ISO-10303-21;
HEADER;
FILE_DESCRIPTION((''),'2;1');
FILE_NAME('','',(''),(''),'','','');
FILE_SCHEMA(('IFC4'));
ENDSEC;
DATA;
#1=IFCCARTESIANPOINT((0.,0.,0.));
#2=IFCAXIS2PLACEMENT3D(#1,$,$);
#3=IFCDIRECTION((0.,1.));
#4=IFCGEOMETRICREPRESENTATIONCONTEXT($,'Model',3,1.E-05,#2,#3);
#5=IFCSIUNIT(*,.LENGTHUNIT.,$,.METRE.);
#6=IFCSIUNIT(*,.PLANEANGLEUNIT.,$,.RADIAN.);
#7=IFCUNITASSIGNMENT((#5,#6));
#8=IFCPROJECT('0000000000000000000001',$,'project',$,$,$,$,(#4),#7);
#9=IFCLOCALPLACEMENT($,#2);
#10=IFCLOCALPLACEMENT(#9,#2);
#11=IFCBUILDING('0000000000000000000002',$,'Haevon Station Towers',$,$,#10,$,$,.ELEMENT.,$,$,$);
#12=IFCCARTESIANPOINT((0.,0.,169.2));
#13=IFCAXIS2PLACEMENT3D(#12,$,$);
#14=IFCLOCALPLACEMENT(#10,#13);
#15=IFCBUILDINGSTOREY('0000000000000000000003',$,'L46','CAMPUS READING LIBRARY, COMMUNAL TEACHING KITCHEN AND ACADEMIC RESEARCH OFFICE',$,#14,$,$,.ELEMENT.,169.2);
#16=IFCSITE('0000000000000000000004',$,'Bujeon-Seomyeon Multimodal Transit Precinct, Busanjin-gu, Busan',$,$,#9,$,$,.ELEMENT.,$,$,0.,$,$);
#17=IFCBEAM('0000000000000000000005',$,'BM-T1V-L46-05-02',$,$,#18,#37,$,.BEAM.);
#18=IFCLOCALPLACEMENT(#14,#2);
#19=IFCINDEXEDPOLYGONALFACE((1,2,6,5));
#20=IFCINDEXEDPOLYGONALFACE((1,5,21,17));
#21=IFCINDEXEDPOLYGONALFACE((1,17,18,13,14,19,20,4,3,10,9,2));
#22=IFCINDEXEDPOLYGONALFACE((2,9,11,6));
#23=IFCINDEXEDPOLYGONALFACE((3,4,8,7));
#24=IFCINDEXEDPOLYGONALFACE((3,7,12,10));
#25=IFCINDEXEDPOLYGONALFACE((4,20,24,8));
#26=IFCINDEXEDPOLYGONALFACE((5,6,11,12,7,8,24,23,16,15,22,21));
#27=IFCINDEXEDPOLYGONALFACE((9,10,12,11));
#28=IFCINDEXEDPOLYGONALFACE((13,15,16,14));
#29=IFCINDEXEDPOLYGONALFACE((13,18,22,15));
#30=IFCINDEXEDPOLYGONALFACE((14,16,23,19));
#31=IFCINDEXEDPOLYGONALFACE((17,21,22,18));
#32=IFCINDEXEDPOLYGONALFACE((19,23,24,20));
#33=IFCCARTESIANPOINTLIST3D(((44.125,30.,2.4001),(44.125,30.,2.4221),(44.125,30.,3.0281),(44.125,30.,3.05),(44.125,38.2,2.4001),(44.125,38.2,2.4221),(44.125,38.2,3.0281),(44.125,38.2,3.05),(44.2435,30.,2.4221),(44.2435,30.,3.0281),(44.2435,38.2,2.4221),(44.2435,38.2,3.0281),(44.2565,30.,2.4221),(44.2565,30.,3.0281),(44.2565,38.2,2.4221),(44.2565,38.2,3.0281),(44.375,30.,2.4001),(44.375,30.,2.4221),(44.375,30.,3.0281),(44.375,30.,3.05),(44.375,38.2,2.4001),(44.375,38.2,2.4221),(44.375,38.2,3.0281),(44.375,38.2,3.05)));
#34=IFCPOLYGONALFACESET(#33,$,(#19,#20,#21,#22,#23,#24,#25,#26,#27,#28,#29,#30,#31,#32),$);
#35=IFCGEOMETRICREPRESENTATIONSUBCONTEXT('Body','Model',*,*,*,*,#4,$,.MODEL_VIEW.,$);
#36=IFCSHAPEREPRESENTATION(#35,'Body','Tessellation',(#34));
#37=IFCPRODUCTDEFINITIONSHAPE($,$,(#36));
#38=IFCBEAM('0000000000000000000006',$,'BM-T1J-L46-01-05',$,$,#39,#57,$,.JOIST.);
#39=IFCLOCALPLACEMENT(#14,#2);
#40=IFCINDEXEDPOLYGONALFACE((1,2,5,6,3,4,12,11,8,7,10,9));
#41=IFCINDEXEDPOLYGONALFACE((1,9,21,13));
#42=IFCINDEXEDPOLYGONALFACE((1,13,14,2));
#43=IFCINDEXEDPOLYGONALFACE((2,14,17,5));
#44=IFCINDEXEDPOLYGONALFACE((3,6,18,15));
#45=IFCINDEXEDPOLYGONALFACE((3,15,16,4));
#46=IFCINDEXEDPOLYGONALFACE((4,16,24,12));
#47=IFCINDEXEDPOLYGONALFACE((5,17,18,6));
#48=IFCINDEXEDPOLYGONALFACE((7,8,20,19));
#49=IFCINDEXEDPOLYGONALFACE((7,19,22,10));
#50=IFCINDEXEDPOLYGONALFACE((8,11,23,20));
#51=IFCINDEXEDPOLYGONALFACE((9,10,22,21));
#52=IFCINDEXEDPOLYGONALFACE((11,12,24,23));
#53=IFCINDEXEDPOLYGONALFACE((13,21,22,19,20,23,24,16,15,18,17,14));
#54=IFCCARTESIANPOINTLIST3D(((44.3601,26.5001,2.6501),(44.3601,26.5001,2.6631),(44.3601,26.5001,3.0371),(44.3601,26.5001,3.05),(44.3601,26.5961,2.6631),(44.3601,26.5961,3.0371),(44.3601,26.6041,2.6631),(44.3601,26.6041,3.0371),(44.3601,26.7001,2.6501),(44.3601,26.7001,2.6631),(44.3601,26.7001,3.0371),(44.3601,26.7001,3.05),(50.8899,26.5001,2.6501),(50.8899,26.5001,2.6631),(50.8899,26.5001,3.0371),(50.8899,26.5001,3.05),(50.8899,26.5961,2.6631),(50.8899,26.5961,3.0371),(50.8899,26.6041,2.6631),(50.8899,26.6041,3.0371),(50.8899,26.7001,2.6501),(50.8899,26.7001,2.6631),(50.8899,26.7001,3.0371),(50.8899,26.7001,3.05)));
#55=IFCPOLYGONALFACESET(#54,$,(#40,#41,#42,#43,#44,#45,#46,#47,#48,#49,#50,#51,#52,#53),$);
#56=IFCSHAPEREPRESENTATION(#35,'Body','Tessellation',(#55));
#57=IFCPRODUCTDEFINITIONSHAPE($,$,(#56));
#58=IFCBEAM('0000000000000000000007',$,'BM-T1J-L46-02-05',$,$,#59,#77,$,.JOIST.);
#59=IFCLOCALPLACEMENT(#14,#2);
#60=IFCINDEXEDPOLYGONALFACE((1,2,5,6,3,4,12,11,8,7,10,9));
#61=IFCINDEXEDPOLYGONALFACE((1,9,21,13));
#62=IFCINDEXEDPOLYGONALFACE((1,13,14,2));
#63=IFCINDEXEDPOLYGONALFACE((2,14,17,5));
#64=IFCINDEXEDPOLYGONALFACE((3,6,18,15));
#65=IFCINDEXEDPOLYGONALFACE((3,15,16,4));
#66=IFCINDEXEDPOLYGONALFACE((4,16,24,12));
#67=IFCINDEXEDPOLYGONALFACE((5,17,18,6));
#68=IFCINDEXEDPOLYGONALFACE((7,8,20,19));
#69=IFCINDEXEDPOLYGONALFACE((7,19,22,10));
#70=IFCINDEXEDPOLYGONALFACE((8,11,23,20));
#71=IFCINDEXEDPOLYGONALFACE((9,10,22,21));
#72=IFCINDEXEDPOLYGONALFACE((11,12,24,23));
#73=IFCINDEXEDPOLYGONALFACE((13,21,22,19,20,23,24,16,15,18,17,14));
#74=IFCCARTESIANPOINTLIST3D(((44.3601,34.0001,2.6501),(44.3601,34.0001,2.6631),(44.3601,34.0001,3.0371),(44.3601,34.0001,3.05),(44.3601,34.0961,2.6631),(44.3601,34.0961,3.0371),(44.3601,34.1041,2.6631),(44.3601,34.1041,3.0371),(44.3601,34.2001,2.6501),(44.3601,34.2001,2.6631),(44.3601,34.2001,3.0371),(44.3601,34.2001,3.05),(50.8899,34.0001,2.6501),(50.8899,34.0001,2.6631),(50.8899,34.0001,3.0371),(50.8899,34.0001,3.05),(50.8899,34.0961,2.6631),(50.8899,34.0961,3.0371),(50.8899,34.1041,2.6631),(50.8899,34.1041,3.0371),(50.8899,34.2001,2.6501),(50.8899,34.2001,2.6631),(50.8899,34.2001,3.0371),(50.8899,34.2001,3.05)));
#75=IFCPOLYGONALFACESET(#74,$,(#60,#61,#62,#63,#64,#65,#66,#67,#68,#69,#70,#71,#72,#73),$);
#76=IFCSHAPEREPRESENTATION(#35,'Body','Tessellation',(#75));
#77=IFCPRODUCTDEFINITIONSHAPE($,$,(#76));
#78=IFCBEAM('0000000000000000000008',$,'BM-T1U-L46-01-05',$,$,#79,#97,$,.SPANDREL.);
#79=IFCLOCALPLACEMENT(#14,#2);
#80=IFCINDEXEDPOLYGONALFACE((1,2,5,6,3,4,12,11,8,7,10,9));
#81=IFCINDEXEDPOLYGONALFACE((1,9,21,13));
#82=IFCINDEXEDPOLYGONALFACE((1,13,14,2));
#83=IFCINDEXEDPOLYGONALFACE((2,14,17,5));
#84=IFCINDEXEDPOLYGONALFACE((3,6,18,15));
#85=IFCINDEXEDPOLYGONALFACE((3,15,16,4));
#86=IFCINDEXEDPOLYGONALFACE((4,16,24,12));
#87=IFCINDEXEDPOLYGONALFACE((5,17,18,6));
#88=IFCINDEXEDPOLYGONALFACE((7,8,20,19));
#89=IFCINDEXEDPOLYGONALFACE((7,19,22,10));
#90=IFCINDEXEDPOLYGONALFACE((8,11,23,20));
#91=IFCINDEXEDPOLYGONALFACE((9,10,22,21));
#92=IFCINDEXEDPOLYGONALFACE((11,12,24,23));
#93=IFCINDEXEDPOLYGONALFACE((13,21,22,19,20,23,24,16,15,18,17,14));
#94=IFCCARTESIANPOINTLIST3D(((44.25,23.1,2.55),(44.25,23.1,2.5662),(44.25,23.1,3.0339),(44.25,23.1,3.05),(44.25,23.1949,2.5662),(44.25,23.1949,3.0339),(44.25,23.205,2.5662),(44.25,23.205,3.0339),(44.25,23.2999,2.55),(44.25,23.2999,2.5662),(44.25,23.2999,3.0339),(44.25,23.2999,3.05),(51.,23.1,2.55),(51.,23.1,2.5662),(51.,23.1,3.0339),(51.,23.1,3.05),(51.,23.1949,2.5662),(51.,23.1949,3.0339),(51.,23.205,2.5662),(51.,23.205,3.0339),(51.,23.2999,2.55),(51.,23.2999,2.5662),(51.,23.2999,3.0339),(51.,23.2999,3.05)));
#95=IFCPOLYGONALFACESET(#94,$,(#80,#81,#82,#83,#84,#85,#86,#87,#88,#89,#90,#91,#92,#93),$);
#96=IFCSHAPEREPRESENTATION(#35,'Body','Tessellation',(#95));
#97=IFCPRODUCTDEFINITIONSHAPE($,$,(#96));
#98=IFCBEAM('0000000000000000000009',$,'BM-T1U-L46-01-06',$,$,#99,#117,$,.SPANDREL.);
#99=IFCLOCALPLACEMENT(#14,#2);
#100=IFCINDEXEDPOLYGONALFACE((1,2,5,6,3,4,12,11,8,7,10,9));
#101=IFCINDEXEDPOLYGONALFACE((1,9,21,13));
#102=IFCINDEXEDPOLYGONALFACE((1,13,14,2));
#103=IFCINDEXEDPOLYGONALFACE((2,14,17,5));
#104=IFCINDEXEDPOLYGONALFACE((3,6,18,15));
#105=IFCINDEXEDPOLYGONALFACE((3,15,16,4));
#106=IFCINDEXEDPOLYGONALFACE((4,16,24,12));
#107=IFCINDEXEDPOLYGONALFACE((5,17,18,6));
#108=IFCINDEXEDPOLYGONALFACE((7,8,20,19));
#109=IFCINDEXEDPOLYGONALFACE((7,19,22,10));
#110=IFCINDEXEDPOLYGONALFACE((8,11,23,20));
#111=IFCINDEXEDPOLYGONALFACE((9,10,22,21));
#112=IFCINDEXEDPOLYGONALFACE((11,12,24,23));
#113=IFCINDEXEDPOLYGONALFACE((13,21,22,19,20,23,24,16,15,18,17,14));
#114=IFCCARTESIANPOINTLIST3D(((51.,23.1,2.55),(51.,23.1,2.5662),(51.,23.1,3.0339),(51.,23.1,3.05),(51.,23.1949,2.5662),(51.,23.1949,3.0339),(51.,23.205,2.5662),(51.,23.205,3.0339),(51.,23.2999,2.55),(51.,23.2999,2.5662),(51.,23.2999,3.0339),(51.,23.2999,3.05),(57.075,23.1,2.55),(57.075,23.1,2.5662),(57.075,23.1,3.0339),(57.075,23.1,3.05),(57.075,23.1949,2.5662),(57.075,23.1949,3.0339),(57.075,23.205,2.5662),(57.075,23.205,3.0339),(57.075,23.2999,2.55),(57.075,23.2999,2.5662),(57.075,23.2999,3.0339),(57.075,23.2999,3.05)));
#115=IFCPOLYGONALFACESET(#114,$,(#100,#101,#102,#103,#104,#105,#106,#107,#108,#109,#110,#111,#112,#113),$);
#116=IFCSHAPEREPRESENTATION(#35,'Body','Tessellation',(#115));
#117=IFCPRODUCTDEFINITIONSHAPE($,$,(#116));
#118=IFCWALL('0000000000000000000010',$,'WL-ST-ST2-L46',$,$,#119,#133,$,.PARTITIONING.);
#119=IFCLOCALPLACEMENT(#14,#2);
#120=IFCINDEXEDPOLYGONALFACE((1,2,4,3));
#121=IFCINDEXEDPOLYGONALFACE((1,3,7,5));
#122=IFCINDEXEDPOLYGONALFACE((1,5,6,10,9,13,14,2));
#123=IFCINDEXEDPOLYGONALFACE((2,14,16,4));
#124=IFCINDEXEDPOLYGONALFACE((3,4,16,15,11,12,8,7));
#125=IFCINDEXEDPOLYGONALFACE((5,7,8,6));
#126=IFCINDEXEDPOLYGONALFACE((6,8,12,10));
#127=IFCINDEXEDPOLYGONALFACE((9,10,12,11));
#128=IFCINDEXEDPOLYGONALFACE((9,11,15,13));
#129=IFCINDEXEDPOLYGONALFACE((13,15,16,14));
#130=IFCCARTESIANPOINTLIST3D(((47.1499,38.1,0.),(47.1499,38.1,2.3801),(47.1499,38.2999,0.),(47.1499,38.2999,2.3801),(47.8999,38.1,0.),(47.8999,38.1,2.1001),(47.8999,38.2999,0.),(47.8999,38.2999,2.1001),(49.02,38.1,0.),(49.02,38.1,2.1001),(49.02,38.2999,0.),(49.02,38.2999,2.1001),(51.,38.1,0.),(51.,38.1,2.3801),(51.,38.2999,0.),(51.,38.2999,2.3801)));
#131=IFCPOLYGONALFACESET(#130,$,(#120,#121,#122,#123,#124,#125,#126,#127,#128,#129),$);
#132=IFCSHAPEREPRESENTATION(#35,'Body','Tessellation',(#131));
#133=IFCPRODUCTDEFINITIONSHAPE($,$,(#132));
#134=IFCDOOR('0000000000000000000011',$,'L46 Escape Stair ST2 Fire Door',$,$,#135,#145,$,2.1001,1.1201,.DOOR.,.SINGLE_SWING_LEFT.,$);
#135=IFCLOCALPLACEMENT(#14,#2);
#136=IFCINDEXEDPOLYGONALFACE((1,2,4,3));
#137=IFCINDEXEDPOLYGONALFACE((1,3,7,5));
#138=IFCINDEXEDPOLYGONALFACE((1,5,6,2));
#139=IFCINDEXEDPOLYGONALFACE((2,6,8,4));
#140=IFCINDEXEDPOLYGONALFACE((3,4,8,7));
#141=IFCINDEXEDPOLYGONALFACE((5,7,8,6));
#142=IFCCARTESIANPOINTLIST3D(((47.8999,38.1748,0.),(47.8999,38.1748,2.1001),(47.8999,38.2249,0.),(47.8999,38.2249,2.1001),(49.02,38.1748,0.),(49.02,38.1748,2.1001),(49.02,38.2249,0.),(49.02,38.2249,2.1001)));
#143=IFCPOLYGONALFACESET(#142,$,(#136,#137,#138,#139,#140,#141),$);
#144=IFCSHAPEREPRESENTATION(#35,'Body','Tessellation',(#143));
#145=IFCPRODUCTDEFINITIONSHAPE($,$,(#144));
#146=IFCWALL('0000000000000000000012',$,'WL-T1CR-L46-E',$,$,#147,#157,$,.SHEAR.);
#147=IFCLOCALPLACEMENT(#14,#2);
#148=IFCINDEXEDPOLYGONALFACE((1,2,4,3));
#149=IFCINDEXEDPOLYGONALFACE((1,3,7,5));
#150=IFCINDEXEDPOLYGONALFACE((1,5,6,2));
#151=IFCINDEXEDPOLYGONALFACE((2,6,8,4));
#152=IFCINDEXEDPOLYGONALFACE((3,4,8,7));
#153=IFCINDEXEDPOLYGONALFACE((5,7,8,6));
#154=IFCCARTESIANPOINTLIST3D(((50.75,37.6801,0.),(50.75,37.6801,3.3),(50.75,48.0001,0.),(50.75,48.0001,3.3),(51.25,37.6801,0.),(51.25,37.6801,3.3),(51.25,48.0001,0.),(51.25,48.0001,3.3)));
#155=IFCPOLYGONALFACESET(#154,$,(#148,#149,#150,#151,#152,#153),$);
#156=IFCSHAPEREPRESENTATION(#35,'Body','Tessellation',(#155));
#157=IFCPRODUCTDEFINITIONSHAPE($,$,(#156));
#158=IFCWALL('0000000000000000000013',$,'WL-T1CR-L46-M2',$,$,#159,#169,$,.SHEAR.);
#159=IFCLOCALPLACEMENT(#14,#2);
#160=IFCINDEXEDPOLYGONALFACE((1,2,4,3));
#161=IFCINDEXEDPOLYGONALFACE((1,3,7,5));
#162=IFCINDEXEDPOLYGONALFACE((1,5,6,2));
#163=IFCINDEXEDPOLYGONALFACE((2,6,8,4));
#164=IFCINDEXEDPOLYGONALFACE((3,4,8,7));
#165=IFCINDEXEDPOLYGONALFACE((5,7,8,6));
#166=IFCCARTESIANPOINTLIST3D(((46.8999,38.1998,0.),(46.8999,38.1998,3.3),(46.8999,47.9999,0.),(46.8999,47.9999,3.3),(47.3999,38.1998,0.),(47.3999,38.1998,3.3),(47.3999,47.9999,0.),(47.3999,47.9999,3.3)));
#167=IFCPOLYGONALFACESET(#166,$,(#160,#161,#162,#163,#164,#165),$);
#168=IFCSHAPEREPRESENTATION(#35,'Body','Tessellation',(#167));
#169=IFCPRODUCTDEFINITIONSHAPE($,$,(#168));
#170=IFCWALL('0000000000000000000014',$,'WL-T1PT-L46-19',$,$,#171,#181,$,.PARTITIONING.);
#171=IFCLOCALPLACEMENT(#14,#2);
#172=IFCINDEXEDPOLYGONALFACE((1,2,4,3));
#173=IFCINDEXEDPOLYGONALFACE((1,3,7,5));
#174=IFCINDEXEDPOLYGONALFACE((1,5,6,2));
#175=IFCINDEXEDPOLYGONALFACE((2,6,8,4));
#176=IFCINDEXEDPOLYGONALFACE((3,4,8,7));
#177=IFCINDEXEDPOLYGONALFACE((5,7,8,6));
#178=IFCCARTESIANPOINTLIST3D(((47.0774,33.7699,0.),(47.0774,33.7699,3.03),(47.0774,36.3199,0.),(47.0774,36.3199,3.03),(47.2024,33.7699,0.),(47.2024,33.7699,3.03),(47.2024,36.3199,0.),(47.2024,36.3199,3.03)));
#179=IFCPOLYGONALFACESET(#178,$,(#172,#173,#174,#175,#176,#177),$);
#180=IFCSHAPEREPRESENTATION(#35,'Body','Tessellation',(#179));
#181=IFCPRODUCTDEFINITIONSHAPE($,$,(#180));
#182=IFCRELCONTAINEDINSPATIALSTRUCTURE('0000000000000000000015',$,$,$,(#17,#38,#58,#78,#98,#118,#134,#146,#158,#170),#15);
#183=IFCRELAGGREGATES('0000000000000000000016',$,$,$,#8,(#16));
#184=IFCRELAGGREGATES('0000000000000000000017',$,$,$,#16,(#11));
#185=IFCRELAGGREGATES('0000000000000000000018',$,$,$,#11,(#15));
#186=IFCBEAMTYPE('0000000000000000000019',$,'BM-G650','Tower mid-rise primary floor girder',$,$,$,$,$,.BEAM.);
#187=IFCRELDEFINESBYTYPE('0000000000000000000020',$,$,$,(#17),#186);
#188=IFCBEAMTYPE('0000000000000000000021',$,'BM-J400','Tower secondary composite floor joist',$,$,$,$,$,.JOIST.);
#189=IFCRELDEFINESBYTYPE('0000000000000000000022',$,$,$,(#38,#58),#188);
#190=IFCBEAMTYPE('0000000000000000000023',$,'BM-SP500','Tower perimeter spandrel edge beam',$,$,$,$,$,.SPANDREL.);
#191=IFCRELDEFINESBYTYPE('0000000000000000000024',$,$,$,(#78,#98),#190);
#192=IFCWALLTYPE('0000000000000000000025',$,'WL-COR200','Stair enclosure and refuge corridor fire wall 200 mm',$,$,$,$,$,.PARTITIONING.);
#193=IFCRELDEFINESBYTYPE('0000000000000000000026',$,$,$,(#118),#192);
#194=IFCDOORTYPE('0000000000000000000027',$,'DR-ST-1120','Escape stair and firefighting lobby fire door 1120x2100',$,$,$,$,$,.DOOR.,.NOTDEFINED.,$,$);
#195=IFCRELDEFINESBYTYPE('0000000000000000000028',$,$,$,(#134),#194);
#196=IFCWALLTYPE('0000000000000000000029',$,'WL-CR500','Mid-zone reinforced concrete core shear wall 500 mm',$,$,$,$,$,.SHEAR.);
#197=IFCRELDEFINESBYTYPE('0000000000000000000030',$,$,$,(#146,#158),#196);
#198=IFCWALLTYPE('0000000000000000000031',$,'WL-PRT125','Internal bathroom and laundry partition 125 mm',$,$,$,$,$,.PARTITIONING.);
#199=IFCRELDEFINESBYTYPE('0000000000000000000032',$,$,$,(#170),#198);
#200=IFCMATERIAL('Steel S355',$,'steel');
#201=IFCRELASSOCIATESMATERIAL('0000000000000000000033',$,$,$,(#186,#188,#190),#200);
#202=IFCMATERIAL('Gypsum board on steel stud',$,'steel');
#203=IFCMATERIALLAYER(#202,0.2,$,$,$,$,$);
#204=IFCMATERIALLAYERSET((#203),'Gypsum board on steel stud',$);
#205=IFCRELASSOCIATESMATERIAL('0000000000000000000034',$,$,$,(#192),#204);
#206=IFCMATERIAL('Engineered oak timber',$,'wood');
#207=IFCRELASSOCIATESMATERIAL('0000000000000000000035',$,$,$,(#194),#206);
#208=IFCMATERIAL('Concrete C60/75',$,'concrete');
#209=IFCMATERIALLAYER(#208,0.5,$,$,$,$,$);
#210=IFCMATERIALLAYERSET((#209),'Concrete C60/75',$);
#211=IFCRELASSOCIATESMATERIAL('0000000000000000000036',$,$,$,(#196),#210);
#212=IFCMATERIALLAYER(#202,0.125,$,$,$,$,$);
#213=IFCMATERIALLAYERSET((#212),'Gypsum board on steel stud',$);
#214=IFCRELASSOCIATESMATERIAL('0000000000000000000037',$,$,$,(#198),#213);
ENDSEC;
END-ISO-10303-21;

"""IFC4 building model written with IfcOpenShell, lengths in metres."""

from ifc_helpers import new_model, si_unit, direction, frame, frame_2d, origin, origin_2d, place, context, subcontext, project, spatial, rectangle, i_section, extrude, material, layer, layer_set, material_profile, profile_set, type_object, element, fill, save


model = new_model("IFC4")

# Units and contexts
model_context = context("Model", 3, precision=1e-05, world=origin(), true_north=direction((0.0, 1.0)))
body_context = subcontext(model_context, "Body", "Model", "MODEL_VIEW")
ifc_project = project(units=[si_unit("LENGTHUNIT", "METRE"), si_unit("PLANEANGLEUNIT", "RADIAN")], contexts=[model_context])

# Site, building, storey
site_placement = place(None, origin())
site = spatial("IfcSite", under=ifc_project, at=site_placement, Name="Bujeon-Seomyeon Multimodal Transit Precinct, Busanjin-gu, Busan", CompositionType="ELEMENT", RefElevation=0.0)
building_placement = place(site_placement, origin())
building = spatial("IfcBuilding", under=site, at=building_placement, Name="Haevon Station Towers", CompositionType="ELEMENT")
storey_placement = place(building_placement, frame((0.0, 0.0, 169.2)))
storey = spatial("IfcBuildingStorey", under=building, at=storey_placement, Name="L46", Description="CAMPUS READING LIBRARY, COMMUNAL TEACHING KITCHEN AND ACADEMIC RESEARCH OFFICE", CompositionType="ELEMENT", Elevation=169.2)

# Shared definitions
ifc_material_1 = material(Name="Steel S355", Category="steel")

# Beams
ifc_material_profile_1 = material_profile(ifc_material_1, i_section(OverallWidth=0.25, OverallDepth=0.6499, WebThickness=0.0129, FlangeThickness=0.022, at=origin_2d()), Name="H-650x250x13x22")
ifc_profile_set_1 = profile_set([ifc_material_profile_1], Name="Steel S355")
beam_type_1 = type_object("IfcBeamType", Name="BM-G650", Description="Tower mid-rise primary floor girder", PredefinedType="BEAM", material=ifc_profile_set_1)
beam_1_placement = place(storey_placement, frame((44.25, 30.0, 2.7251), z_axis=(0.0, 1.0, 0.0), x_axis=(-1.0, 0.0, 0.0)))
element("IfcBeam", 1, at=beam_1_placement, inside=storey, type_object=beam_type_1, Name="BM-T1V-L46-05-02", PredefinedType="BEAM", context=body_context, shape_type="SweptSolid", body=[
    extrude(i_section(OverallWidth=0.25, OverallDepth=0.6499, WebThickness=0.0129, FlangeThickness=0.022, at=origin_2d()), origin(), (0.0, 0.0, 1.0), 8.2),
])
ifc_material_profile_2 = material_profile(ifc_material_1, i_section(OverallWidth=0.2, OverallDepth=0.3999, WebThickness=0.0081, FlangeThickness=0.0129, at=origin_2d()), Name="H-400x200x8x13")
ifc_profile_set_2 = profile_set([ifc_material_profile_2], Name="Steel S355")
beam_type_2 = type_object("IfcBeamType", Name="BM-J400", Description="Tower secondary composite floor joist", PredefinedType="JOIST", material=ifc_profile_set_2)
for number, where, z_axis, x_axis, name in (
    (2, (44.3601, 26.6001, 2.8501), (1.0, 0.0, 0.0), (0.0, 1.0, 0.0), "BM-T1J-L46-01-05"),
    (3, (44.3601, 34.1001, 2.8501), (1.0, 0.0, 0.0), (0.0, 1.0, 0.0), "BM-T1J-L46-02-05"),
):
    element("IfcBeam", number, at=place(storey_placement, frame(where, z_axis=z_axis, x_axis=x_axis)), inside=storey, type_object=beam_type_2, Name=name, PredefinedType="JOIST", context=body_context, shape_type="SweptSolid", body=[
        extrude(i_section(OverallWidth=0.2, OverallDepth=0.3999, WebThickness=0.0081, FlangeThickness=0.0129, at=origin_2d()), origin(), (0.0, 0.0, 1.0), 6.5298),
    ])
ifc_material_profile_3 = material_profile(ifc_material_1, i_section(OverallWidth=0.2, OverallDepth=0.5, WebThickness=0.01, FlangeThickness=0.0161, at=origin_2d()), Name="H-500x200x10x16")
ifc_profile_set_3 = profile_set([ifc_material_profile_3], Name="Steel S355")
beam_type_3 = type_object("IfcBeamType", Name="BM-SP500", Description="Tower perimeter spandrel edge beam", PredefinedType="SPANDREL", material=ifc_profile_set_3)
beam_2_placement = place(storey_placement, frame((44.25, 23.2, 2.8), z_axis=(1.0, 0.0, 0.0), x_axis=(0.0, 1.0, 0.0)))
element("IfcBeam", 4, at=beam_2_placement, inside=storey, type_object=beam_type_3, Name="BM-T1U-L46-01-05", PredefinedType="SPANDREL", context=body_context, shape_type="SweptSolid", body=[
    extrude(i_section(OverallWidth=0.2, OverallDepth=0.5, WebThickness=0.01, FlangeThickness=0.0161, at=origin_2d()), origin(), (0.0, 0.0, 1.0), 6.75),
])
beam_3_placement = place(storey_placement, frame((51.0, 23.2, 2.8), z_axis=(1.0, 0.0, 0.0), x_axis=(0.0, 1.0, 0.0)))
element("IfcBeam", 5, at=beam_3_placement, inside=storey, type_object=beam_type_3, Name="BM-T1U-L46-01-06", PredefinedType="SPANDREL", context=body_context, shape_type="SweptSolid", body=[
    extrude(i_section(OverallWidth=0.2, OverallDepth=0.5, WebThickness=0.01, FlangeThickness=0.0161, at=origin_2d()), origin(), (0.0, 0.0, 1.0), 6.075),
])

# Wall, opening, door
ifc_material_2 = material(Name="Gypsum board on steel stud", Category="steel")
ifc_layer_1 = layer(ifc_material_2, 0.2)
ifc_layer_set_1 = layer_set([ifc_layer_1], Name="Gypsum board on steel stud")
wall_type_1 = type_object("IfcWallType", Name="WL-COR200", Description="Stair enclosure and refuge corridor fire wall 200 mm", PredefinedType="PARTITIONING", material=ifc_layer_set_1)
wall_1_placement = place(storey_placement, frame((47.1499, 38.2, 0.0), z_axis=(0.0, 0.0, 1.0), x_axis=(1.0, 0.0, 0.0)))
wall_1 = element("IfcWall", 6, at=wall_1_placement, inside=storey, type_object=wall_type_1, Name="WL-ST-ST2-L46", PredefinedType="PARTITIONING", context=body_context, shape_type="SweptSolid", body=[
    extrude(rectangle(XDim=3.8501, YDim=0.2, at=frame_2d((1.925, 0.0))), origin(), (0.0, 0.0, 1.0), 2.3801),
])
opening_placement = place(wall_1_placement, frame((0.75, 0.0, 0.0)))
opening = element("IfcOpeningElement", 7, at=opening_placement, cuts=wall_1, PredefinedType="OPENING", context=body_context, shape_type="SweptSolid", body=[
    extrude(rectangle(XDim=1.1201, YDim=2.1001, at=frame_2d((0.5601, 1.05))), frame((0.0, 0.1099, 0.0), z_axis=(0.0, -1.0, 0.0), x_axis=(1.0, 0.0, 0.0)), (0.0, 0.0, 1.0), 0.22),
])
ifc_material_3 = material(Name="Engineered oak timber", Category="wood")
door_type = type_object("IfcDoorType", Name="DR-ST-1120", Description="Escape stair and firefighting lobby fire door 1120x2100", OperationType="NOTDEFINED", PredefinedType="DOOR", material=ifc_material_3)
door_placement = place(opening_placement, origin())
door = element("IfcDoor", 8, at=door_placement, inside=storey, type_object=door_type, Name="L46 Escape Stair ST2 Fire Door", OperationType="SINGLE_SWING_LEFT", OverallHeight=2.1001, OverallWidth=1.1201, PredefinedType="DOOR", context=body_context, shape_type="SweptSolid", body=[
    extrude(rectangle(XDim=1.1201, YDim=2.1001, at=frame_2d((0.5601, 1.05))), frame((0.0, 0.0249, 0.0), z_axis=(0.0, -1.0, 0.0), x_axis=(1.0, 0.0, 0.0)), (0.0, 0.0, 1.0), 0.05),
])
fill(opening, door)

# Walls
ifc_material_4 = material(Name="Concrete C60/75", Category="concrete")
ifc_layer_2 = layer(ifc_material_4, 0.5)
ifc_layer_set_2 = layer_set([ifc_layer_2], Name="Concrete C60/75")
wall_type_2 = type_object("IfcWallType", Name="WL-CR500", Description="Mid-zone reinforced concrete core shear wall 500 mm", PredefinedType="SHEAR", material=ifc_layer_set_2)
wall_2_placement = place(storey_placement, frame((51.0, 37.6799, 0.0), z_axis=(0.0, 0.0, 1.0), x_axis=(0.0, 1.0, 0.0)))
element("IfcWall", 9, at=wall_2_placement, inside=storey, type_object=wall_type_2, Name="WL-T1CR-L46-E", PredefinedType="SHEAR", context=body_context, shape_type="SweptSolid", body=[
    extrude(rectangle(XDim=10.3201, YDim=0.5, at=frame_2d((5.1602, 0.0))), origin(), (0.0, 0.0, 1.0), 3.3),
])
wall_3_placement = place(storey_placement, frame((47.1499, 38.2, 0.0), z_axis=(0.0, 0.0, 1.0), x_axis=(0.0, 1.0, 0.0)))
element("IfcWall", 10, at=wall_3_placement, inside=storey, type_object=wall_type_2, Name="WL-T1CR-L46-M2", PredefinedType="SHEAR", context=body_context, shape_type="SweptSolid", body=[
    extrude(rectangle(XDim=9.8, YDim=0.5, at=frame_2d((4.8999, 0.0))), origin(), (0.0, 0.0, 1.0), 3.3),
])
ifc_layer_3 = layer(ifc_material_2, 0.125)
ifc_layer_set_3 = layer_set([ifc_layer_3], Name="Gypsum board on steel stud")
wall_type_3 = type_object("IfcWallType", Name="WL-PRT125", Description="Internal bathroom and laundry partition 125 mm", PredefinedType="PARTITIONING", material=ifc_layer_set_3)
wall_4_placement = place(storey_placement, frame((47.1399, 33.77, 0.0), z_axis=(0.0, 0.0, 1.0), x_axis=(0.0, 1.0, 0.0)))
element("IfcWall", 11, at=wall_4_placement, inside=storey, type_object=wall_type_3, Name="WL-T1PT-L46-19", PredefinedType="PARTITIONING", context=body_context, shape_type="SweptSolid", body=[
    extrude(rectangle(XDim=2.55, YDim=0.125, at=frame_2d((1.2749, 0.0))), origin(), (0.0, 0.0, 1.0), 3.03),
])

save(model, "model.ifc")
